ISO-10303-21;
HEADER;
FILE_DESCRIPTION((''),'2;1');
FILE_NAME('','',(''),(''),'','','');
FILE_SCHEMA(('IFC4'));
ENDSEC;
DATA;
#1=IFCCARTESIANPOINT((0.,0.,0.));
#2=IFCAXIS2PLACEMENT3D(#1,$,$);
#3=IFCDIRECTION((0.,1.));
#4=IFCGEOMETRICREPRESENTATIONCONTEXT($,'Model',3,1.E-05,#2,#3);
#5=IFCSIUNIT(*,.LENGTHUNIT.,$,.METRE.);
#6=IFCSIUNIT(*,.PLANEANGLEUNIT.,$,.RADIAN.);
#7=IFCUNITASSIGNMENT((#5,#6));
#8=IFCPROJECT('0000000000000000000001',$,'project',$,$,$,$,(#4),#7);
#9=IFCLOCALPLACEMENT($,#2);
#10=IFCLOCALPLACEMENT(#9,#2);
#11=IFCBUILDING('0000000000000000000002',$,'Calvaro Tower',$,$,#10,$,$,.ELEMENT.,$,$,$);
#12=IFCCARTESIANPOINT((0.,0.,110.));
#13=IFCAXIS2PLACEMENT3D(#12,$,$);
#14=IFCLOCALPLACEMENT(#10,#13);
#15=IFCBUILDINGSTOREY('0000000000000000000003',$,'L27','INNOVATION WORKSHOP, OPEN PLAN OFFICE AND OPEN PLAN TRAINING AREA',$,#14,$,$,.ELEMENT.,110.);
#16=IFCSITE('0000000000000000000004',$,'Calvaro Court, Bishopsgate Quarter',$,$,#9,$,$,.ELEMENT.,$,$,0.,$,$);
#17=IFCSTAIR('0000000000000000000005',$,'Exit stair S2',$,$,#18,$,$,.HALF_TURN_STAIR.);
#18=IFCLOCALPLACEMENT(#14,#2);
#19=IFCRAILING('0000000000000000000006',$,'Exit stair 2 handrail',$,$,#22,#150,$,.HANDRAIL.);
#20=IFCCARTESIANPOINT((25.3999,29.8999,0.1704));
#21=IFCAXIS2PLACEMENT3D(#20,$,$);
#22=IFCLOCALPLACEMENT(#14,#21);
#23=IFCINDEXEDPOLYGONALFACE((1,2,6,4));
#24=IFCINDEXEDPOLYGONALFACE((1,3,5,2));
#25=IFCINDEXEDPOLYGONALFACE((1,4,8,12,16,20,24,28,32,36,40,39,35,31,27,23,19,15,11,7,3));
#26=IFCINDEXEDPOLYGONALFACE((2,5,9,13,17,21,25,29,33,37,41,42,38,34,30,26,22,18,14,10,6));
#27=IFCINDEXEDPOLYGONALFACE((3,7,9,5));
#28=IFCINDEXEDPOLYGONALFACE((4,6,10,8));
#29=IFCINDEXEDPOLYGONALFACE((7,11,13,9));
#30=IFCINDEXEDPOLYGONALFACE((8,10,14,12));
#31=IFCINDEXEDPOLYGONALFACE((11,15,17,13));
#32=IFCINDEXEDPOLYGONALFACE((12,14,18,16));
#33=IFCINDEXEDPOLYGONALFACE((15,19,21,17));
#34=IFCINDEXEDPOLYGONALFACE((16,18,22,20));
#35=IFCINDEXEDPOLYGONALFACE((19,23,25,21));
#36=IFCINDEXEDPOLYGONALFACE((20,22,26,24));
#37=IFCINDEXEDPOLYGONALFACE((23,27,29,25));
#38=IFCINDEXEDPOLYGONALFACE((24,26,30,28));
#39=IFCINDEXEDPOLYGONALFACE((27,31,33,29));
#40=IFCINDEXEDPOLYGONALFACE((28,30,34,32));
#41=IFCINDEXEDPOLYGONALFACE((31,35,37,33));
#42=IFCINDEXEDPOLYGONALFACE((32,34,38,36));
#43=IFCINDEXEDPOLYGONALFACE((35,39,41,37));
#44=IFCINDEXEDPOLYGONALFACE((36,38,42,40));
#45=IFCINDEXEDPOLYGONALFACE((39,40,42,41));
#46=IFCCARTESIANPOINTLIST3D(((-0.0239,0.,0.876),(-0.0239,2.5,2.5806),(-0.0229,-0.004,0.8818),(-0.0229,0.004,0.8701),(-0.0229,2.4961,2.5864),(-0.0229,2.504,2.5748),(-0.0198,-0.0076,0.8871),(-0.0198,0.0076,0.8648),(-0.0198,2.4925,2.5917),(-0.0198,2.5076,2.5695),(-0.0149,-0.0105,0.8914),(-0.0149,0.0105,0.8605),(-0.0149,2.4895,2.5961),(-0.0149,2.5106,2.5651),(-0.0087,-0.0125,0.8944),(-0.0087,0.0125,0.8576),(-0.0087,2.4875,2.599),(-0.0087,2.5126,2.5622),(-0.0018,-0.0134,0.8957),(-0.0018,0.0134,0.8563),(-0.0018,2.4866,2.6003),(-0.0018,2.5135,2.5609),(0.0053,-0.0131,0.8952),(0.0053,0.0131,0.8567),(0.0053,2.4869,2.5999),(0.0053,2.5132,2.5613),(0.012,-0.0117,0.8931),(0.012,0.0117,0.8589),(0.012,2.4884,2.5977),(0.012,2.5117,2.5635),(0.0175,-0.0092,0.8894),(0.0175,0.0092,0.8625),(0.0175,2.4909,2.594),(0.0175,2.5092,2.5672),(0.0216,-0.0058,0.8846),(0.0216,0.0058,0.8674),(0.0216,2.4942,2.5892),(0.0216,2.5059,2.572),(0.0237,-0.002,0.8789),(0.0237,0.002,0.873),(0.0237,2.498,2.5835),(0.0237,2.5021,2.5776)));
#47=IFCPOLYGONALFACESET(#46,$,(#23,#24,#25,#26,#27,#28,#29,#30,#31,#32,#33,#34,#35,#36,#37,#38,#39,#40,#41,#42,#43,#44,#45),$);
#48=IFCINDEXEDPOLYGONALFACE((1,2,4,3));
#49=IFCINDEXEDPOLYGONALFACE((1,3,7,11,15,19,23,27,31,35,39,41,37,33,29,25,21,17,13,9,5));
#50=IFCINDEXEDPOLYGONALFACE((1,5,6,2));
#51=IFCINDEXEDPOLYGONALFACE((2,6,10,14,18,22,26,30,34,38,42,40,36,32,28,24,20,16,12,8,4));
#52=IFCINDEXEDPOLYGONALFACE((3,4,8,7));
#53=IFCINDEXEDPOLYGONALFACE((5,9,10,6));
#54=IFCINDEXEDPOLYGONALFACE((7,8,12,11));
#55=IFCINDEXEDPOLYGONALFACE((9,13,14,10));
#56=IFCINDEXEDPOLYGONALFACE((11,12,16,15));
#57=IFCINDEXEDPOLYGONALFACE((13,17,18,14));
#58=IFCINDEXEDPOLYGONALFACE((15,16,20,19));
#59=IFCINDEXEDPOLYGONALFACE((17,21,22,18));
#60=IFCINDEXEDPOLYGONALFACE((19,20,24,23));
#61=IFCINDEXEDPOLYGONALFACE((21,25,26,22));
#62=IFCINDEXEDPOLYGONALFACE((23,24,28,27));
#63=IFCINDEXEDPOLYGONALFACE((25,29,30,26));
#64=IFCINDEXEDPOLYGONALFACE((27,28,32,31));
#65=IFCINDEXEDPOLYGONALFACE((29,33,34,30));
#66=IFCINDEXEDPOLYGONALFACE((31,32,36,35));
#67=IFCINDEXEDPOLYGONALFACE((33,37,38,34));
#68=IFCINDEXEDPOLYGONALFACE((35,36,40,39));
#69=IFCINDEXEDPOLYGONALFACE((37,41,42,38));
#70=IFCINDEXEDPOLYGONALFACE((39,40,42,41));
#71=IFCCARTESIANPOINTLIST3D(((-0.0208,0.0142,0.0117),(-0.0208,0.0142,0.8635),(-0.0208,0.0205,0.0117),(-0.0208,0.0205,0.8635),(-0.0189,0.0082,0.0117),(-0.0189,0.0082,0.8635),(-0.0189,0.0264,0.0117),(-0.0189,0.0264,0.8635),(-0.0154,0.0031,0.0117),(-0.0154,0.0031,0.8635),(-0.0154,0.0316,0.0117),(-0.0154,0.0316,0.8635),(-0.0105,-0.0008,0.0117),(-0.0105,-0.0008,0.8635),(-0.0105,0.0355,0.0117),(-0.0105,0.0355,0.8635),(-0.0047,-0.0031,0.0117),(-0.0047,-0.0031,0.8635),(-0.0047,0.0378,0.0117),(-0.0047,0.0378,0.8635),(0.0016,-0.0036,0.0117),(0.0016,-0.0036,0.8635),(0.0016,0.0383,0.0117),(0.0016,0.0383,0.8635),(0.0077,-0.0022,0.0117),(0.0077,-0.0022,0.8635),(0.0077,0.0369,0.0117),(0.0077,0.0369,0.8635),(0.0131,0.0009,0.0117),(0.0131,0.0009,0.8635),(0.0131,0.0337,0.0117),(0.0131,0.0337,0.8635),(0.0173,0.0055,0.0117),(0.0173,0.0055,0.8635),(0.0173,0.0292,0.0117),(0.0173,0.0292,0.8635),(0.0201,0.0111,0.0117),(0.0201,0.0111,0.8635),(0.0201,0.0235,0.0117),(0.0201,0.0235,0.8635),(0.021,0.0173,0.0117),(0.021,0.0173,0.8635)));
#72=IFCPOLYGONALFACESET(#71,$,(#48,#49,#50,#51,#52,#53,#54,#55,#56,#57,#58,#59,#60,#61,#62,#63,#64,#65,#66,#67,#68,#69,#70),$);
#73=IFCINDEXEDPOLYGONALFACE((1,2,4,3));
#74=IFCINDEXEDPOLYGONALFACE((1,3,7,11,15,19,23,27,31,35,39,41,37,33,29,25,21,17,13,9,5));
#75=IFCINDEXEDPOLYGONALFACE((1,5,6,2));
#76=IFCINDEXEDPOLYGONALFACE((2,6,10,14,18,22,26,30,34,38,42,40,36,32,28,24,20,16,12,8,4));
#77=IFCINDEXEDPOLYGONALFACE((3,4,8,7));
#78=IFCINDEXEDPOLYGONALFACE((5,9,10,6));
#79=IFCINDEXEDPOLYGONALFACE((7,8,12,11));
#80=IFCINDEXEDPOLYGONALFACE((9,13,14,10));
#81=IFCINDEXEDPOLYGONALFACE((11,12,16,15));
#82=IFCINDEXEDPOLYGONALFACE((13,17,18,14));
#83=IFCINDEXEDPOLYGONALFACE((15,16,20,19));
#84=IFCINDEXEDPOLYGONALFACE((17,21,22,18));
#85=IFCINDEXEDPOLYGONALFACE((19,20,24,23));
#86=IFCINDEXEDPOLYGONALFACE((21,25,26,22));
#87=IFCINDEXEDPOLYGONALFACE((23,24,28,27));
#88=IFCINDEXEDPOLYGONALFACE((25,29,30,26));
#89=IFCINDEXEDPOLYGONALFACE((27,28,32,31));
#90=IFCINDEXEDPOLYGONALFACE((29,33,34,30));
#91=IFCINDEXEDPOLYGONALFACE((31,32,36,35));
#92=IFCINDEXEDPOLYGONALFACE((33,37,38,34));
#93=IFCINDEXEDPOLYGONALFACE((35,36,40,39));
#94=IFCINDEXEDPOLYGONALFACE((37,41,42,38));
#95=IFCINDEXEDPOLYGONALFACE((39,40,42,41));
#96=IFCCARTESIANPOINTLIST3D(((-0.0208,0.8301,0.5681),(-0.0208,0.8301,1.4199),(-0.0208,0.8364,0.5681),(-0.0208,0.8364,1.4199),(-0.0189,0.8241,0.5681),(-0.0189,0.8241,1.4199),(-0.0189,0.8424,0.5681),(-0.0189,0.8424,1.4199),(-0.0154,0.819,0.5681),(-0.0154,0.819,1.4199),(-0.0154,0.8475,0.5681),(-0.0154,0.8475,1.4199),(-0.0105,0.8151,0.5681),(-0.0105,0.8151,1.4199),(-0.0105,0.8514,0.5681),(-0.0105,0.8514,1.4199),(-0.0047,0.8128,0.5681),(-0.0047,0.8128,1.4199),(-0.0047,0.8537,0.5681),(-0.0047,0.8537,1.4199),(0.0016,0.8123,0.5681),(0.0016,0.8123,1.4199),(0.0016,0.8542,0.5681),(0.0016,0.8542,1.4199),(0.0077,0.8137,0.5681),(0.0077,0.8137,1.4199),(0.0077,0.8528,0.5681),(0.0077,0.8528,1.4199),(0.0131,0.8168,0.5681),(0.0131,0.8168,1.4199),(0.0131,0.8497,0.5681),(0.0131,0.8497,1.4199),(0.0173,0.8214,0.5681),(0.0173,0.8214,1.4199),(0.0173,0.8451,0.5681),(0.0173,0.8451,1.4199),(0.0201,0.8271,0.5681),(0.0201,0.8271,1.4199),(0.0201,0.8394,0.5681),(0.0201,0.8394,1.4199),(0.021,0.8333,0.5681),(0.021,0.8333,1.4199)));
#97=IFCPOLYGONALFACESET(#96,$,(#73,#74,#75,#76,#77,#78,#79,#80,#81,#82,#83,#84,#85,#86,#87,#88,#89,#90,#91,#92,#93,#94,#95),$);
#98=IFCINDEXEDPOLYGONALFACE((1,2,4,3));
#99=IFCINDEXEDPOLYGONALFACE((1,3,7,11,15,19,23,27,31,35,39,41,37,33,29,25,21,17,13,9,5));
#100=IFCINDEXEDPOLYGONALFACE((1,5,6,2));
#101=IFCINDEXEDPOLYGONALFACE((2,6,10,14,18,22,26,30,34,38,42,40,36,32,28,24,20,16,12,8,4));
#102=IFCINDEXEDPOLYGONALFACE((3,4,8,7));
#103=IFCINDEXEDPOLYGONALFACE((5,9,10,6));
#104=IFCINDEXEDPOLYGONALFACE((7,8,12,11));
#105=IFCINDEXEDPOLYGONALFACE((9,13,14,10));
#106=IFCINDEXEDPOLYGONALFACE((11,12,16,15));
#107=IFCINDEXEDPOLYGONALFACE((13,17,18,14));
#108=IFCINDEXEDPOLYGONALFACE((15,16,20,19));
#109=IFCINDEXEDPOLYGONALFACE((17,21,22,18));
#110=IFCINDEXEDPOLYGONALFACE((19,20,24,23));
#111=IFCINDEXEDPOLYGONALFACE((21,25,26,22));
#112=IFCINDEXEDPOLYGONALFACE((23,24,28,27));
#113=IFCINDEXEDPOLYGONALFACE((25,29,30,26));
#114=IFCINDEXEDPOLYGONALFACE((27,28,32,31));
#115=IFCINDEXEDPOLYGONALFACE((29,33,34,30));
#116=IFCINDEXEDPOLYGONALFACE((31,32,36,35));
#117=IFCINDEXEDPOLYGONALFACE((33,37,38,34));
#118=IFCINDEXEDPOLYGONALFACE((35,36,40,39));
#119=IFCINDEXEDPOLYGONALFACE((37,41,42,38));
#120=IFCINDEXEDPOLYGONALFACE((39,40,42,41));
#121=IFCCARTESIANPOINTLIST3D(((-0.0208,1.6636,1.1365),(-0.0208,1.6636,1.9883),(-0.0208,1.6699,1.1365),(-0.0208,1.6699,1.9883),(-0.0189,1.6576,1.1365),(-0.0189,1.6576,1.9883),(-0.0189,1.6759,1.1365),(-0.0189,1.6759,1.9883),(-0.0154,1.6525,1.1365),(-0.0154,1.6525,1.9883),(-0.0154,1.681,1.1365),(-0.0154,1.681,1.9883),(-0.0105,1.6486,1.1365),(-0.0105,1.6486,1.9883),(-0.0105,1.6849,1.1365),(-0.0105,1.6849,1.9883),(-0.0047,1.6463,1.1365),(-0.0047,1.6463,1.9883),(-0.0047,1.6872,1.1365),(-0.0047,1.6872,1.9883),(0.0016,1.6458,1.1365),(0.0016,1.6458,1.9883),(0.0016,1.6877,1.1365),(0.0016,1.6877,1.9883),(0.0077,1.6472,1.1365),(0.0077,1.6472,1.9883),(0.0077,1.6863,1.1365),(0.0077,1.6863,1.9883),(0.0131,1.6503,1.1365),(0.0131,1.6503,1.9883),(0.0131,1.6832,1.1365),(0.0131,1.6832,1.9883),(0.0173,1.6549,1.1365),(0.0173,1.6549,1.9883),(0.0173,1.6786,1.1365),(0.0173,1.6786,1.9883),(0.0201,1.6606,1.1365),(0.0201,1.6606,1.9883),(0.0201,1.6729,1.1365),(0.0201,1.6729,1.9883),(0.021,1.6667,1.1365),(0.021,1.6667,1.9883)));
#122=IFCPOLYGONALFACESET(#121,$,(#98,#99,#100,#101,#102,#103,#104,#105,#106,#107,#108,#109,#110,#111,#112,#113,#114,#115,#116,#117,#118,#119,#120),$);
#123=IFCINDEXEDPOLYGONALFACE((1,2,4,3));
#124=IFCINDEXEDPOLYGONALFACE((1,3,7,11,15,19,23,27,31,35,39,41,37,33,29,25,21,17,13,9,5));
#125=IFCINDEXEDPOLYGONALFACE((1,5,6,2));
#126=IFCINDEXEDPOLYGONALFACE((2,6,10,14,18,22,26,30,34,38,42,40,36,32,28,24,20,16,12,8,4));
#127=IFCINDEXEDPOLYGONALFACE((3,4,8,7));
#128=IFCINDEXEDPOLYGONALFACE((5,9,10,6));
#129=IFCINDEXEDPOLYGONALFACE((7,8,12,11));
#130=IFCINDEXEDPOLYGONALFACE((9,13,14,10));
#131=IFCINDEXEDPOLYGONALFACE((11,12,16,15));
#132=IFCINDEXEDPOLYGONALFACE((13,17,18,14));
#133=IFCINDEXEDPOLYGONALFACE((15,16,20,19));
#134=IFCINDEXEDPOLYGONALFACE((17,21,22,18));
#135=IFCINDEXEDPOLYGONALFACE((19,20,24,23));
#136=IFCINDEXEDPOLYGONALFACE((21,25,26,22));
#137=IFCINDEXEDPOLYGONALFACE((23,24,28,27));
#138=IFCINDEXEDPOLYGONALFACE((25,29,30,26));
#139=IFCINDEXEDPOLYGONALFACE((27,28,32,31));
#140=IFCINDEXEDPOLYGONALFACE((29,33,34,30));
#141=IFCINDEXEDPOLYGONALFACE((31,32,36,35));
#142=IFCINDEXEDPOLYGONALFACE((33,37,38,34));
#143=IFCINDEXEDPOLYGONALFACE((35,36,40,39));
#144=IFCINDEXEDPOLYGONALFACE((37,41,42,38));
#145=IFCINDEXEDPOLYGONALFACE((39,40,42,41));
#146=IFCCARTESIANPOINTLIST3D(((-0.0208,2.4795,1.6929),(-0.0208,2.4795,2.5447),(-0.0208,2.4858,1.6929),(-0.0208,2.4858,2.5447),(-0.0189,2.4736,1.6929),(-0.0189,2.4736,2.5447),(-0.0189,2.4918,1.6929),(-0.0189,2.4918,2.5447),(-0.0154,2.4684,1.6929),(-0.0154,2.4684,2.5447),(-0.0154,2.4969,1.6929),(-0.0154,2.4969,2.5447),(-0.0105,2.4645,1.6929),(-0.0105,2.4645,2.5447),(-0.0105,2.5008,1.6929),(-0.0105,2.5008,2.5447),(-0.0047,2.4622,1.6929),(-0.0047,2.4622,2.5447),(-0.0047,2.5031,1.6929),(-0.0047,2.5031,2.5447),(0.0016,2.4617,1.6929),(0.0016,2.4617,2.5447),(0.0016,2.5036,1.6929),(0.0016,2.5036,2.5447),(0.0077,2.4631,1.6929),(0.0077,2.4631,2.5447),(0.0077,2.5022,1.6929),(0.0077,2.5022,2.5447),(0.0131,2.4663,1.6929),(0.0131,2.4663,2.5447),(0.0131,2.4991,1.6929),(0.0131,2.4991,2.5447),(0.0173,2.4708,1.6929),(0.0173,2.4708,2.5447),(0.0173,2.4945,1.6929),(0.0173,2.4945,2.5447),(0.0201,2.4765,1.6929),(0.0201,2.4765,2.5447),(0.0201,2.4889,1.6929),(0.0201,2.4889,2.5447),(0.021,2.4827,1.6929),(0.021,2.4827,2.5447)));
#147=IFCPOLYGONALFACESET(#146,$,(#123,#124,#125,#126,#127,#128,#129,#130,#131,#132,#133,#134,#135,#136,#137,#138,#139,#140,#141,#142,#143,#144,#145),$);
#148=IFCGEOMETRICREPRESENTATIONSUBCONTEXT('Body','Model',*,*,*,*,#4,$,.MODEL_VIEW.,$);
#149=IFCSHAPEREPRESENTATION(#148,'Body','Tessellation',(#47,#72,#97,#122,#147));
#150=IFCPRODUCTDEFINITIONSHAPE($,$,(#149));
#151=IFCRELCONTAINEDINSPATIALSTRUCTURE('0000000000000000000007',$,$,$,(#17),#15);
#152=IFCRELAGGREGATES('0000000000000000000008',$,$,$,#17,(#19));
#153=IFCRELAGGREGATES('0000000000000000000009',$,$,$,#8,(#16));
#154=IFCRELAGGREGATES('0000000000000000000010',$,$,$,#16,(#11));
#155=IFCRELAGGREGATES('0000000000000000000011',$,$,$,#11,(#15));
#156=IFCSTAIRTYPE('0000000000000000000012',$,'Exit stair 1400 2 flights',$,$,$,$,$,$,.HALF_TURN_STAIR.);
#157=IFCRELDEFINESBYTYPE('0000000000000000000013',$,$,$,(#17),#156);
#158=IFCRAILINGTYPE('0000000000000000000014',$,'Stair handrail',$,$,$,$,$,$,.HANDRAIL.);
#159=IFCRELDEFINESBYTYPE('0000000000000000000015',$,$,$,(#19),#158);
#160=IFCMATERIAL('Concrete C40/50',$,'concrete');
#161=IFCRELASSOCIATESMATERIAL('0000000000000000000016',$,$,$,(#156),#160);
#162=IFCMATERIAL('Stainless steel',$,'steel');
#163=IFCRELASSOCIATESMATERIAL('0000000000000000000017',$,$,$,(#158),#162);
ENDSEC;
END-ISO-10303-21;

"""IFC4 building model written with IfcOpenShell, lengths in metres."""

from ifc_helpers import new_model, si_unit, direction, frame, origin, origin_2d, place, context, subcontext, project, spatial, circle, extrude, material, type_object, element, aggregate, save


model = new_model("IFC4")

# Units and contexts
model_context = context("Model", 3, precision=1e-05, world=origin(), true_north=direction((0.0, 1.0)))
body_context = subcontext(model_context, "Body", "Model", "MODEL_VIEW")
ifc_project = project(units=[si_unit("LENGTHUNIT", "METRE"), si_unit("PLANEANGLEUNIT", "RADIAN")], contexts=[model_context])

# Site, building, storey
site_placement = place(None, origin())
site = spatial("IfcSite", under=ifc_project, at=site_placement, Name="Calvaro Court, Bishopsgate Quarter", CompositionType="ELEMENT", RefElevation=0.0)
building_placement = place(site_placement, origin())
building = spatial("IfcBuilding", under=site, at=building_placement, Name="Calvaro Tower", CompositionType="ELEMENT")
storey_placement = place(building_placement, frame((0.0, 0.0, 110.0)))
storey = spatial("IfcBuildingStorey", under=building, at=storey_placement, Name="L27", Description="INNOVATION WORKSHOP, OPEN PLAN OFFICE AND OPEN PLAN TRAINING AREA", CompositionType="ELEMENT", Elevation=110.0)

# Stair, railing
ifc_material_1 = material(Name="Concrete C40/50", Category="concrete")
stair_type = type_object("IfcStairType", Name="Exit stair 1400 2 flights", PredefinedType="HALF_TURN_STAIR", material=ifc_material_1)
stair_placement = place(storey_placement, origin())
stair = element("IfcStair", 1, at=stair_placement, inside=storey, type_object=stair_type, Name="Exit stair S2", PredefinedType="HALF_TURN_STAIR")
ifc_material_2 = material(Name="Stainless steel", Category="steel")
railing_type = type_object("IfcRailingType", Name="Stair handrail", PredefinedType="HANDRAIL", material=ifc_material_2)
railing_1_placement = place(storey_placement, frame((25.3999, 29.8999, 0.1704)))
railing_1 = element("IfcRailing", 2, at=railing_1_placement, type_object=railing_type, Name="Exit stair 2 handrail", PredefinedType="HANDRAIL", context=body_context, shape_type="SweptSolid", body=[
    extrude(circle(Radius=0.0239, at=origin_2d()), frame((0.0, 0.0, 0.876), z_axis=(0.0, 0.826221, 0.563347), x_axis=(-1.0, 0.0, 0.0)), (0.0, 0.0, 1.0), 3.0259),
    extrude(circle(Radius=0.021, at=origin_2d()), frame((0.0, 0.0173, 0.0117)), (0.0, 0.0, 1.0), 0.8518),
    extrude(circle(Radius=0.021, at=origin_2d()), frame((0.0, 0.8333, 0.5681)), (0.0, 0.0, 1.0), 0.8518),
    extrude(circle(Radius=0.021, at=origin_2d()), frame((0.0, 1.6667, 1.1365)), (0.0, 0.0, 1.0), 0.8518),
    extrude(circle(Radius=0.021, at=origin_2d()), frame((0.0, 2.4827, 1.6929)), (0.0, 0.0, 1.0), 0.8518),
])
aggregate(stair, [railing_1])

save(model, "model.ifc")
